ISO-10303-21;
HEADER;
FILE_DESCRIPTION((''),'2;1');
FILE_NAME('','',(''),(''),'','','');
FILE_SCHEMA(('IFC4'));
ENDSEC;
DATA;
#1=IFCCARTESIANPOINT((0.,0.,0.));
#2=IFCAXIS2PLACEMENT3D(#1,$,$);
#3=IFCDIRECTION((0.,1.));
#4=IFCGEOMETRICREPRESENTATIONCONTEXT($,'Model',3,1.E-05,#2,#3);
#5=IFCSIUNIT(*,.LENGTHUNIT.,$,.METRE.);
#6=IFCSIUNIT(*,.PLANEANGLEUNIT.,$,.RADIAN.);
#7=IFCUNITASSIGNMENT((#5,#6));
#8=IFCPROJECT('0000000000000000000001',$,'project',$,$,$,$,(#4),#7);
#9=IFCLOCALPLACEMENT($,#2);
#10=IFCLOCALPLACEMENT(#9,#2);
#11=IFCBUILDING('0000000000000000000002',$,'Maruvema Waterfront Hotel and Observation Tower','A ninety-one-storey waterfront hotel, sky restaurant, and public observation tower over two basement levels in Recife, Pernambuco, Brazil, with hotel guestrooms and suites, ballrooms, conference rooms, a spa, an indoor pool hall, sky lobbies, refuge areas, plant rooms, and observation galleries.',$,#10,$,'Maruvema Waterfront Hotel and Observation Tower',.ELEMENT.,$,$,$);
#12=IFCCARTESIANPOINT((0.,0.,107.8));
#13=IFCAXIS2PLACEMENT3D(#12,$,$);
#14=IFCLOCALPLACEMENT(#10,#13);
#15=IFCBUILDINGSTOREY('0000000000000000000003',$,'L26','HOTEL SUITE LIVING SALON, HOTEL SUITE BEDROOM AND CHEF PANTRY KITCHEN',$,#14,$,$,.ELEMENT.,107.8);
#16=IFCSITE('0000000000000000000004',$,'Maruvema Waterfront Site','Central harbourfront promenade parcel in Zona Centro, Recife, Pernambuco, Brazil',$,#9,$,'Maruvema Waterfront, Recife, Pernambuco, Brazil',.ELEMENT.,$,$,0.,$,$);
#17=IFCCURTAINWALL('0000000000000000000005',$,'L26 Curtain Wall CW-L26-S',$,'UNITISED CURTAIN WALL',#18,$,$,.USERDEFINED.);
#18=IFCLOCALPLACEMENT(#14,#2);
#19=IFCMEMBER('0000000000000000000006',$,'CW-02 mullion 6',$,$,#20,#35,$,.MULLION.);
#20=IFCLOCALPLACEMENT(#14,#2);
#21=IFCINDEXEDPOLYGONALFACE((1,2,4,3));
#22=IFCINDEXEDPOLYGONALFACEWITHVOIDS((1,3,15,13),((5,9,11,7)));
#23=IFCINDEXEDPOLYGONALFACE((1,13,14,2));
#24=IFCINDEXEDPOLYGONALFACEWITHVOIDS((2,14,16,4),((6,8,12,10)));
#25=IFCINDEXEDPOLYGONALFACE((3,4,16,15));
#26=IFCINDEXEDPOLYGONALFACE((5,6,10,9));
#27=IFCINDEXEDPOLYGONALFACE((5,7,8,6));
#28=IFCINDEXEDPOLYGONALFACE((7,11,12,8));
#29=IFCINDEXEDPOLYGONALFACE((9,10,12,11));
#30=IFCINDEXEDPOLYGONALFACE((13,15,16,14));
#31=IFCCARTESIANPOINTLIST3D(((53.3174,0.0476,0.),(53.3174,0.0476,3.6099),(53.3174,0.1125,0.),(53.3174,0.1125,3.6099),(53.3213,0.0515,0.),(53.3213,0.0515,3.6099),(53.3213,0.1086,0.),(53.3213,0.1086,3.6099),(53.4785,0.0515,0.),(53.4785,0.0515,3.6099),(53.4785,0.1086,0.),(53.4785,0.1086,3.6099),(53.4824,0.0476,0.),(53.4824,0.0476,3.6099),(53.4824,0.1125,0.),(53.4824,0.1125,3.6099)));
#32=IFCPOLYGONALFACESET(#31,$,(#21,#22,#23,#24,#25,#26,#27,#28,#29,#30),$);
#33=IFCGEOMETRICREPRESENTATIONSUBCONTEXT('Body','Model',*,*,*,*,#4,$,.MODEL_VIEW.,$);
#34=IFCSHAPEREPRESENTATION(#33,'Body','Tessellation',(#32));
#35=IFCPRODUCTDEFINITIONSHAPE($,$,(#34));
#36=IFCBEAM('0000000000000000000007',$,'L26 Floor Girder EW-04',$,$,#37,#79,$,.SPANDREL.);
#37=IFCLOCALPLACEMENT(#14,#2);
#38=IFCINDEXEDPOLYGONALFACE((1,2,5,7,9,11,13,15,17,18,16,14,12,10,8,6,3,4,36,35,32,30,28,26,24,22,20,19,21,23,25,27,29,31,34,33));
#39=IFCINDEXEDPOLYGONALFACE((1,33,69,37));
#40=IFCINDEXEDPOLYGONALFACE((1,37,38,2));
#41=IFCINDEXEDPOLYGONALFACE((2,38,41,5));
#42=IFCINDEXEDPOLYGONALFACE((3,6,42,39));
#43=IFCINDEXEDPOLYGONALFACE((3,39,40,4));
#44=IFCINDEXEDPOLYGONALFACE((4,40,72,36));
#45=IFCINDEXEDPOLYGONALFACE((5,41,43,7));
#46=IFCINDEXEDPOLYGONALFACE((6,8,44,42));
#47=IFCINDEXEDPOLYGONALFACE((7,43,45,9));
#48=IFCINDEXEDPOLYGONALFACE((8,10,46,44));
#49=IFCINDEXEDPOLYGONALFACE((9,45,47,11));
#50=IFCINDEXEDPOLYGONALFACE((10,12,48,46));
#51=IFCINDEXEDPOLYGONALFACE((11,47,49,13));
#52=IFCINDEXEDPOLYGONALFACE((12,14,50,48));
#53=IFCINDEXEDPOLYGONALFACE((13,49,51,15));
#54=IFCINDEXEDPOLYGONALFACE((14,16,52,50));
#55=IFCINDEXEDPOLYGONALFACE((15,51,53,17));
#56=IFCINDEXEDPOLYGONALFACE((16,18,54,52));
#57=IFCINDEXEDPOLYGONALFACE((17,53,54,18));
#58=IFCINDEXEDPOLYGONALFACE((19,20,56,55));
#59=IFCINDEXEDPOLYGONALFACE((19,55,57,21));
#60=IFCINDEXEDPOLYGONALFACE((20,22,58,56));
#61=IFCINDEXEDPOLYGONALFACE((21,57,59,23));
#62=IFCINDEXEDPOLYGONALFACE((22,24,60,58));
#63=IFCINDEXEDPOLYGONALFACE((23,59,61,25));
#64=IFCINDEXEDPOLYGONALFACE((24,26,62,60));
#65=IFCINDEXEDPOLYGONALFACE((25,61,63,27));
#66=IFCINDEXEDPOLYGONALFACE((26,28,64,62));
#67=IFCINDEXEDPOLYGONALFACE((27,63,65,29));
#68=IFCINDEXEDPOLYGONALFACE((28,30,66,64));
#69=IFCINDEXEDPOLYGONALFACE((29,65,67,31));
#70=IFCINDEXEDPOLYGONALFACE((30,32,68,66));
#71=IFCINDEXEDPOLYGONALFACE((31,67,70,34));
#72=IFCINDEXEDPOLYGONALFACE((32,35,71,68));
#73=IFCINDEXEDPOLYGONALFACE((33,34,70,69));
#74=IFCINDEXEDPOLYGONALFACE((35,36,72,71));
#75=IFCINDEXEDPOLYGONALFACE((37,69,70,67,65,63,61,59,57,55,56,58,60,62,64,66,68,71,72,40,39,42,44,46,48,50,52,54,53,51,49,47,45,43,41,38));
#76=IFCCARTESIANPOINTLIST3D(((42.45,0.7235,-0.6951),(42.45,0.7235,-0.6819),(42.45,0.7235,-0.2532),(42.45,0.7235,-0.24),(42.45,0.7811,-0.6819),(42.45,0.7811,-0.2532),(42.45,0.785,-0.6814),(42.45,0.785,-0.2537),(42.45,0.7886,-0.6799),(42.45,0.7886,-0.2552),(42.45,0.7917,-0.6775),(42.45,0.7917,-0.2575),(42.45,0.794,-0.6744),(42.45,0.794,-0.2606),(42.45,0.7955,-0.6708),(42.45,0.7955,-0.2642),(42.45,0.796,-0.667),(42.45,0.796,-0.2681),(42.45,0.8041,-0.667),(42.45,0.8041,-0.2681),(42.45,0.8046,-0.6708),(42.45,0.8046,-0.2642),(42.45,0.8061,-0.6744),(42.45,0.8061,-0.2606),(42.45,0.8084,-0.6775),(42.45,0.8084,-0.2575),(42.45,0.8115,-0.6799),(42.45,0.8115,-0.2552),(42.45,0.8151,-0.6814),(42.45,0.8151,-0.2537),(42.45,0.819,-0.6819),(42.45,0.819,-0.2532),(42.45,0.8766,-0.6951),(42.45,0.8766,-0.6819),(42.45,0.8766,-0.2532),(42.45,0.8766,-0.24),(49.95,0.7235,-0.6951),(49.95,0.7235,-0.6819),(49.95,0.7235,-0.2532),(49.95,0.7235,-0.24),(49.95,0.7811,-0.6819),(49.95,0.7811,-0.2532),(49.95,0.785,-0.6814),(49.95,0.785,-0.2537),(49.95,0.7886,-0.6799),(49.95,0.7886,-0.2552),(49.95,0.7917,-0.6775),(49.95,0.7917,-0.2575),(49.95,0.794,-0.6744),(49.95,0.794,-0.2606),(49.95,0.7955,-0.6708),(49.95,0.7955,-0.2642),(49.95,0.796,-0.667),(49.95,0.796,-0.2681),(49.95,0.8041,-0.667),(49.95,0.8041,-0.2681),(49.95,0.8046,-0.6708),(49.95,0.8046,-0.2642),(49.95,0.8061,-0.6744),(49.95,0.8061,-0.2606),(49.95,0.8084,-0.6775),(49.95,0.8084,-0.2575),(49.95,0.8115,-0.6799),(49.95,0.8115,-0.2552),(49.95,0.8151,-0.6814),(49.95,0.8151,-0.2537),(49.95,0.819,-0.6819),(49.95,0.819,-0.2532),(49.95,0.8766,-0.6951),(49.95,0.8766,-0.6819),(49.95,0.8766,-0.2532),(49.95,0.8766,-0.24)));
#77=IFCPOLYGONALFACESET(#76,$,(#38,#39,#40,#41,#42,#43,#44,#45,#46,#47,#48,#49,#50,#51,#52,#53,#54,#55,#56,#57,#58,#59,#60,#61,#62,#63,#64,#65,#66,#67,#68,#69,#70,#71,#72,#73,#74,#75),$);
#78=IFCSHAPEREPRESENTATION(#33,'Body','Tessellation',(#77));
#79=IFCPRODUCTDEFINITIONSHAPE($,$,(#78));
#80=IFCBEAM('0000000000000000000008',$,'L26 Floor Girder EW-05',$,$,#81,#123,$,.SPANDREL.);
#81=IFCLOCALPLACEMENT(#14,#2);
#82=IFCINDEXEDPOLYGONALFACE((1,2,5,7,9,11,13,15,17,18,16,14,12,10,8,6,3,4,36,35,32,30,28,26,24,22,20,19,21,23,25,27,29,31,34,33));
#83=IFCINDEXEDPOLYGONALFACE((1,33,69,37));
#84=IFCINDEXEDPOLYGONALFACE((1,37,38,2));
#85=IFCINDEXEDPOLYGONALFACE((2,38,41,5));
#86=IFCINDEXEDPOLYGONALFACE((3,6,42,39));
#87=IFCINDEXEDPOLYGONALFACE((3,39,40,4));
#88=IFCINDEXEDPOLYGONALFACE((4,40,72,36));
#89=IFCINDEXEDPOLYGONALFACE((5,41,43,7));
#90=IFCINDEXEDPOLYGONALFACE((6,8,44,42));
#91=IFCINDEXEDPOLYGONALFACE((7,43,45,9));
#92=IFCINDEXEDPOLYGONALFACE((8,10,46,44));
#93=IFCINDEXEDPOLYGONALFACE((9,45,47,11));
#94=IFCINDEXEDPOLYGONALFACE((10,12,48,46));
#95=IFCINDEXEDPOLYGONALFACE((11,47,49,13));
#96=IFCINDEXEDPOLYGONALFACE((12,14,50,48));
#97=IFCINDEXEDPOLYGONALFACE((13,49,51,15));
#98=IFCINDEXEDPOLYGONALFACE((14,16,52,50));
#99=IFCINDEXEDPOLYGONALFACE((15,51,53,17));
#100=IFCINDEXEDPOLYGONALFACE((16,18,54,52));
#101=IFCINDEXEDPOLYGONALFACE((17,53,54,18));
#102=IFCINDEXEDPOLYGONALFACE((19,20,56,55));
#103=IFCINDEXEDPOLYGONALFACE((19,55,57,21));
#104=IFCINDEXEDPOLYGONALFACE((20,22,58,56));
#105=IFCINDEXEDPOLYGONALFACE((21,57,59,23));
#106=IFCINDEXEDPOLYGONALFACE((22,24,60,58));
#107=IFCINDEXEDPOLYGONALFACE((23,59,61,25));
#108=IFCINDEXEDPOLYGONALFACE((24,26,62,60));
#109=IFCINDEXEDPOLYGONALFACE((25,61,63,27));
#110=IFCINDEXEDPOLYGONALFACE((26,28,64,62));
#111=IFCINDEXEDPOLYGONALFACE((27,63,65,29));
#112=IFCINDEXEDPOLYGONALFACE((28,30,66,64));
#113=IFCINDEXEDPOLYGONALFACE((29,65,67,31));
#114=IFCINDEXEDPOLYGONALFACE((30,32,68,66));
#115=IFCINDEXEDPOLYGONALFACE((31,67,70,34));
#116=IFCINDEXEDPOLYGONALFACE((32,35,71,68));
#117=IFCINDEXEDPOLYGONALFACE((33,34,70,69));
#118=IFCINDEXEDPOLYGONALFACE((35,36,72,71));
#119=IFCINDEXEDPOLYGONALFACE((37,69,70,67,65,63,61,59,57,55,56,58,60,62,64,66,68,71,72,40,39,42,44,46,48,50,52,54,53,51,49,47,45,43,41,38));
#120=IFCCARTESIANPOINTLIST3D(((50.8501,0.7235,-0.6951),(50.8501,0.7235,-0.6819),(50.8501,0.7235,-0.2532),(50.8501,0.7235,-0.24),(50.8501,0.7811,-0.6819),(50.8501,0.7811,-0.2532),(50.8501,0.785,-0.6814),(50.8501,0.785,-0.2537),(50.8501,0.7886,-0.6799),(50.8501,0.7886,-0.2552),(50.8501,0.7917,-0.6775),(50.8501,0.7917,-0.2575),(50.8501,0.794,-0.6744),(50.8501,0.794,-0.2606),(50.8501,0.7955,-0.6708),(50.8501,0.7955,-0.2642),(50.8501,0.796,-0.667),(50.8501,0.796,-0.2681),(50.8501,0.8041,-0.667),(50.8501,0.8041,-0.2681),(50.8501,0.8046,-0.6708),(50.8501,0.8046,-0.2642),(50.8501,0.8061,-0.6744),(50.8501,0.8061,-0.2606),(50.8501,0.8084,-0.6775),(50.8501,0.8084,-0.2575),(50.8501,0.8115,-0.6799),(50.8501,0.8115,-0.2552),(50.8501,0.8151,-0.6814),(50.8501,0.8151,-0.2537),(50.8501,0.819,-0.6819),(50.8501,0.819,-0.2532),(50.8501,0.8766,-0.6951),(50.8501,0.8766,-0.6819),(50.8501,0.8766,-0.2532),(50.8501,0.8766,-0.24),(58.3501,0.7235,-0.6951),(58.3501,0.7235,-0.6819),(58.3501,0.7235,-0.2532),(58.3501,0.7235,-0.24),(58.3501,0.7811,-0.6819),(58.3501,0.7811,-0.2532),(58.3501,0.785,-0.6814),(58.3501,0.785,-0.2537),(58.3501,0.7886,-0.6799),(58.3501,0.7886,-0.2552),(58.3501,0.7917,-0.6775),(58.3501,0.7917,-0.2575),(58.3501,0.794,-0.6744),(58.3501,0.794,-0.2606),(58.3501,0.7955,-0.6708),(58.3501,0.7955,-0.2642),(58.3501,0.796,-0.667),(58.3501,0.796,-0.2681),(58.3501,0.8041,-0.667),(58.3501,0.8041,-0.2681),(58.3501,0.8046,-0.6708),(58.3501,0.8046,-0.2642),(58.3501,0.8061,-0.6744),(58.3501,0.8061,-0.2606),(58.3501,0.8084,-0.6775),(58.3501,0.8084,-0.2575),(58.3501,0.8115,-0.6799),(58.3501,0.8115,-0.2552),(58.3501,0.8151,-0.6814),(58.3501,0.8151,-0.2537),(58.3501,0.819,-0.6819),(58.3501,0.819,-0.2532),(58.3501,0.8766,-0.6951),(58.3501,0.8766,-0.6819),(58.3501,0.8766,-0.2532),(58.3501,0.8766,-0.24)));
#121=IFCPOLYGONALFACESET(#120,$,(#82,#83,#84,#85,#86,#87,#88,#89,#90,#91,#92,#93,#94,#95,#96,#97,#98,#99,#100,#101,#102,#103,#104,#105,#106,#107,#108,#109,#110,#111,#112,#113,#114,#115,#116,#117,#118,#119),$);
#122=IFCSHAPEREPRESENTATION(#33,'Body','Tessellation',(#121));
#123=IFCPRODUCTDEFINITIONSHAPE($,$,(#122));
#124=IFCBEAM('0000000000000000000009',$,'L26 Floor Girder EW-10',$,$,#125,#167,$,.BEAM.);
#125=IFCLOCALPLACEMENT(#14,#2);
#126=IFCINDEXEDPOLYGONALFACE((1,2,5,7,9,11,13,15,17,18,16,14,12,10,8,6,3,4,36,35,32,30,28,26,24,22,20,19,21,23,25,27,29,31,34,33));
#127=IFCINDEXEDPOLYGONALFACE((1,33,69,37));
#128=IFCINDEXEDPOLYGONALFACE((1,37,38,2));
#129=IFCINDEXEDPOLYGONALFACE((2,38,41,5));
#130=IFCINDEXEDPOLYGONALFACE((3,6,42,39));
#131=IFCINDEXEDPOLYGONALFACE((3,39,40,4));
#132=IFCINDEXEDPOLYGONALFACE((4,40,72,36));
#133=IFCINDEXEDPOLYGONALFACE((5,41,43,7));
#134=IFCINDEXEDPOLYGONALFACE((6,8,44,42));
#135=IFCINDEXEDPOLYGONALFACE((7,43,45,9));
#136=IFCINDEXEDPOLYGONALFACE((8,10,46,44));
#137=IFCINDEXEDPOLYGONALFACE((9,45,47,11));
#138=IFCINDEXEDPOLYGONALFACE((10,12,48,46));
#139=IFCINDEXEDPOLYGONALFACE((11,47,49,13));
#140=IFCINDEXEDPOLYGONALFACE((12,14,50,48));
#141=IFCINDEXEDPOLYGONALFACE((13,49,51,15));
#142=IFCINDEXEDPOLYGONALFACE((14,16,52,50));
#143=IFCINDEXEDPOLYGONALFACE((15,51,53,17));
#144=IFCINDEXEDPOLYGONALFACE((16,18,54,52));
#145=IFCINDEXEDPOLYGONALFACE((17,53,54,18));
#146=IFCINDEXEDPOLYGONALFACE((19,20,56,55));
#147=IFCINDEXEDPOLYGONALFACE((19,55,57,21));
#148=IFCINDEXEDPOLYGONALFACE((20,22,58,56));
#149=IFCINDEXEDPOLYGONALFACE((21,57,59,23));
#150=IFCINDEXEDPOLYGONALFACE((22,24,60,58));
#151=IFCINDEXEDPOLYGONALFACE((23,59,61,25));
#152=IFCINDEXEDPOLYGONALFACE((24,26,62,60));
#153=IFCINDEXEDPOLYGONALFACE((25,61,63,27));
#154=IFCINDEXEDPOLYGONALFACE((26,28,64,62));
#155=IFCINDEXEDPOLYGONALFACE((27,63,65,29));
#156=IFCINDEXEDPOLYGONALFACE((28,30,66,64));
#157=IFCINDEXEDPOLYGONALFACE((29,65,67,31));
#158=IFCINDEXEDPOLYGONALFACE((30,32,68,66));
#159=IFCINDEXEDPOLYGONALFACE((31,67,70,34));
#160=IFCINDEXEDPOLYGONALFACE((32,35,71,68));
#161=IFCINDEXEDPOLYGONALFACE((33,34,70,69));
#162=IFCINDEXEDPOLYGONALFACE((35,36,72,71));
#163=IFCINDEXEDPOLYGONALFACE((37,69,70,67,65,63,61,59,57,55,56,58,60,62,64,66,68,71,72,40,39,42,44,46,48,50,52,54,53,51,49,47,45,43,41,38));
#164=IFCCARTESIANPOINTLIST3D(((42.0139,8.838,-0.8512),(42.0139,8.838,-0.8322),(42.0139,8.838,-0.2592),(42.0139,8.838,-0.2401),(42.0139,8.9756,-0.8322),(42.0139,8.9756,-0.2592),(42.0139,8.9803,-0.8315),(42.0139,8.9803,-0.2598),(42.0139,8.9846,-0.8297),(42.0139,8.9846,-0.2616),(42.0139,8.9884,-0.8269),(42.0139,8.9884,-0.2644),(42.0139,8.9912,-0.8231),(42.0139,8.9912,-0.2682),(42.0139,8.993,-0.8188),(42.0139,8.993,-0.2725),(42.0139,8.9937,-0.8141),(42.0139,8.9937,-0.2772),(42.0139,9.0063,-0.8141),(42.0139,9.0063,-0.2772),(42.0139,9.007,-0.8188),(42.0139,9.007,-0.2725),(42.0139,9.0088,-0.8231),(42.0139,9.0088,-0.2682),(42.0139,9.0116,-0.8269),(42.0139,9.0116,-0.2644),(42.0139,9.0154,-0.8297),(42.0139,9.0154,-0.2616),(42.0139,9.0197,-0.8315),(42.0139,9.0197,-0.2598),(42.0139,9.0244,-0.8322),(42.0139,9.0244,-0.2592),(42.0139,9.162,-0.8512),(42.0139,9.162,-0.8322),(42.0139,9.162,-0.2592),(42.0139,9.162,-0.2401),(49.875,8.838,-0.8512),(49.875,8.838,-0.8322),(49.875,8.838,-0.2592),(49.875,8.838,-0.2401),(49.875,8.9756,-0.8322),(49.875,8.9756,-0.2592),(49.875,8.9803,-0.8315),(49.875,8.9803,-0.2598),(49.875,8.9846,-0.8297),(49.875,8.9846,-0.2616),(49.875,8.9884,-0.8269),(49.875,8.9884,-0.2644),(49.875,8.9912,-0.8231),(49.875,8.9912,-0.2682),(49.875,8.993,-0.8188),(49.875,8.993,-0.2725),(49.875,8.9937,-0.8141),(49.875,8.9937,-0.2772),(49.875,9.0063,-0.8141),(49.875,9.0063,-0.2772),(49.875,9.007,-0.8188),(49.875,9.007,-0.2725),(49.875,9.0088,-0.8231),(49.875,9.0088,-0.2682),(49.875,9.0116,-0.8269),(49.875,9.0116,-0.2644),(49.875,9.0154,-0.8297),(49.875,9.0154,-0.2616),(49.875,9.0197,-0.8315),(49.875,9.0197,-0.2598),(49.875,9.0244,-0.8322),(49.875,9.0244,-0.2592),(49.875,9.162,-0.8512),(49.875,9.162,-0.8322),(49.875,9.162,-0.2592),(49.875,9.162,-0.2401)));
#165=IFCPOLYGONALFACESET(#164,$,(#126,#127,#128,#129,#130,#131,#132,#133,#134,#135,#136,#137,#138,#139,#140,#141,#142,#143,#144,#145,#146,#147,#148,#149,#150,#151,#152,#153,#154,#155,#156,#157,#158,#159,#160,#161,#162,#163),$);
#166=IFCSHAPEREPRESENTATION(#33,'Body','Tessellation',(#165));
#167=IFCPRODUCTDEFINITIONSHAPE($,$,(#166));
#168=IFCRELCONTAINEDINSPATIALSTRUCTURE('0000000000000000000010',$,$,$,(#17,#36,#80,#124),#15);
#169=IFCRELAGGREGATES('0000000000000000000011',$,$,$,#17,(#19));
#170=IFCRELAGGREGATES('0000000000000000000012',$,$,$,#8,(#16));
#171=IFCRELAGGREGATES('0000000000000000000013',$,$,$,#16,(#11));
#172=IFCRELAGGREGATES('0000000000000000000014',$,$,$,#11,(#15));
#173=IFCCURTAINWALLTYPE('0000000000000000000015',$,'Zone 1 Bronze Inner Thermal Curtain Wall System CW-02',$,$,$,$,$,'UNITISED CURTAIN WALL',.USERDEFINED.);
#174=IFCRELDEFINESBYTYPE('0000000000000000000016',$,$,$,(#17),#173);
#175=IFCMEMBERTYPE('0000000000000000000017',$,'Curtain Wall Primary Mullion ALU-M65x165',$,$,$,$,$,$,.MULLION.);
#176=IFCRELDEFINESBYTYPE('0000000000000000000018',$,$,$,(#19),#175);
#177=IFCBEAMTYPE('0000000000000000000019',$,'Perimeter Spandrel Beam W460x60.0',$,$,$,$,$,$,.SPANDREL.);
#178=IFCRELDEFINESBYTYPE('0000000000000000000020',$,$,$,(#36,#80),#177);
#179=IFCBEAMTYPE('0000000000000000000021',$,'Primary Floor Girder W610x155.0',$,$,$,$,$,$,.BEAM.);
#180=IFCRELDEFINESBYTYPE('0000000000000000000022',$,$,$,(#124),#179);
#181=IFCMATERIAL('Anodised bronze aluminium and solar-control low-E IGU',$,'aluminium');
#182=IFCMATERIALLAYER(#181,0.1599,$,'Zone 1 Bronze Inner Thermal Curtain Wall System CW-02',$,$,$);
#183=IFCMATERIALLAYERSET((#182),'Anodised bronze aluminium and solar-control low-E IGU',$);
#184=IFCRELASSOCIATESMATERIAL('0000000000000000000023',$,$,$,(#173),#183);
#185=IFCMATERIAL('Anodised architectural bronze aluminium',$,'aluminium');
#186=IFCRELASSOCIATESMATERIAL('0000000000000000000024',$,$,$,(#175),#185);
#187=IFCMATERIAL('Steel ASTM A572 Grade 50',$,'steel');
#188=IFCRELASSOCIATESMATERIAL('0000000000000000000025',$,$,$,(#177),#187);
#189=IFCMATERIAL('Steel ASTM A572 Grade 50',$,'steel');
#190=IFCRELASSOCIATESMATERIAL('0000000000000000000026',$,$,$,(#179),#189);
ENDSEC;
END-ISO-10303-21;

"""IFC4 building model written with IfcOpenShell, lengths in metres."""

from ifc_helpers import new_model, si_unit, direction, frame, origin, origin_2d, place, context, subcontext, project, spatial, hollow_rectangle, i_section, extrude, material, layer, layer_set, material_profile, profile_set, type_object, element, aggregate, save


model = new_model("IFC4")

# Units and contexts
model_context = context("Model", 3, precision=1e-05, world=origin(), true_north=direction((0.0, 1.0)))
body_context = subcontext(model_context, "Body", "Model", "MODEL_VIEW")
ifc_project = project(units=[si_unit("LENGTHUNIT", "METRE"), si_unit("PLANEANGLEUNIT", "RADIAN")], contexts=[model_context])

# Site, building, storey
site_placement = place(None, origin())
site = spatial("IfcSite", under=ifc_project, at=site_placement, Name="Maruvema Waterfront Site", Description="Central harbourfront promenade parcel in Zona Centro, Recife, Pernambuco, Brazil", LongName="Maruvema Waterfront, Recife, Pernambuco, Brazil", CompositionType="ELEMENT", RefElevation=0.0)
building_placement = place(site_placement, origin())
building = spatial("IfcBuilding", under=site, at=building_placement, Name="Maruvema Waterfront Hotel and Observation Tower", Description="A ninety-one-storey waterfront hotel, sky restaurant, and public observation tower over two basement levels in Recife, Pernambuco, Brazil, with hotel guestrooms and suites, ballrooms, conference rooms, a spa, an indoor pool hall, sky lobbies, refuge areas, plant rooms, and observation galleries.", LongName="Maruvema Waterfront Hotel and Observation Tower", CompositionType="ELEMENT")
storey_placement = place(building_placement, frame((0.0, 0.0, 107.8)))
storey = spatial("IfcBuildingStorey", under=building, at=storey_placement, Name="L26", Description="HOTEL SUITE LIVING SALON, HOTEL SUITE BEDROOM AND CHEF PANTRY KITCHEN", CompositionType="ELEMENT", Elevation=107.8)

# Curtain wall, member
ifc_material_1 = material(Name="Anodised bronze aluminium and solar-control low-E IGU", Category="aluminium")
ifc_layer_1 = layer(ifc_material_1, 0.1599, Name="Zone 1 Bronze Inner Thermal Curtain Wall System CW-02")
ifc_layer_set_1 = layer_set([ifc_layer_1], Name="Anodised bronze aluminium and solar-control low-E IGU")
curtain_wall_type = type_object("IfcCurtainWallType", Name="Zone 1 Bronze Inner Thermal Curtain Wall System CW-02", ElementType="UNITISED CURTAIN WALL", PredefinedType="USERDEFINED", material=ifc_layer_set_1)
curtain_wall_placement = place(storey_placement, origin())
curtain_wall = element("IfcCurtainWall", 1, at=curtain_wall_placement, inside=storey, type_object=curtain_wall_type, Name="L26 Curtain Wall CW-L26-S", ObjectType="UNITISED CURTAIN WALL", PredefinedType="USERDEFINED")
ifc_material_2 = material(Name="Anodised architectural bronze aluminium", Category="aluminium")
ifc_material_profile_1 = material_profile(ifc_material_2, hollow_rectangle(XDim=0.0649, YDim=0.165, WallThickness=0.0039, at=origin_2d()), Name="ALU-M65x165")
ifc_profile_set_1 = profile_set([ifc_material_profile_1], Name="Anodised architectural bronze aluminium")
member_type_1 = type_object("IfcMemberType", Name="Curtain Wall Primary Mullion ALU-M65x165", PredefinedType="MULLION", material=ifc_profile_set_1)
member_1_placement = place(storey_placement, frame((53.3999, 0.0801, 0.0), z_axis=(0.0, 0.0, 1.0), x_axis=(0.0, 1.0, 0.0)))
member_1 = element("IfcMember", 2, at=member_1_placement, type_object=member_type_1, Name="CW-02 mullion 6", PredefinedType="MULLION", context=body_context, shape_type="SweptSolid", body=[
    extrude(hollow_rectangle(XDim=0.0649, YDim=0.165, WallThickness=0.0039, at=origin_2d()), origin(), (0.0, 0.0, 1.0), 3.6099),
])

# Beams
ifc_material_3 = material(Name="Steel ASTM A572 Grade 50", Category="steel")
ifc_material_profile_2 = material_profile(ifc_material_3, i_section(OverallWidth=0.1531, OverallDepth=0.4551, WebThickness=0.0081, FlangeThickness=0.0132, FilletRadius=0.0149, at=origin_2d()), Name="W460x60.0")
ifc_profile_set_2 = profile_set([ifc_material_profile_2], Name="Steel ASTM A572 Grade 50")
beam_type_1 = type_object("IfcBeamType", Name="Perimeter Spandrel Beam W460x60.0", PredefinedType="SPANDREL", material=ifc_profile_set_2)
for number, where, z_axis, x_axis, name in (
    (3, (42.45, 0.8, -0.4675), (1.0, 0.0, 0.0), (0.0, 1.0, 0.0), "L26 Floor Girder EW-04"),
    (4, (50.8501, 0.8, -0.4675), (1.0, 0.0, 0.0), (0.0, 1.0, 0.0), "L26 Floor Girder EW-05"),
):
    element("IfcBeam", number, at=place(storey_placement, frame(where, z_axis=z_axis, x_axis=x_axis)), inside=storey, type_object=beam_type_1, Name=name, PredefinedType="SPANDREL", context=body_context, shape_type="SweptSolid", body=[
        extrude(i_section(OverallWidth=0.1531, OverallDepth=0.4551, WebThickness=0.0081, FlangeThickness=0.0132, FilletRadius=0.0149, at=origin_2d()), origin(), (0.0, 0.0, 1.0), 7.5),
    ])
ifc_material_4 = material(Name="Steel ASTM A572 Grade 50", Category="steel")
ifc_material_profile_3 = material_profile(ifc_material_4, i_section(OverallWidth=0.324, OverallDepth=0.6111, WebThickness=0.0127, FlangeThickness=0.019, FilletRadius=0.0181, at=origin_2d()), Name="W610x155.0")
ifc_profile_set_3 = profile_set([ifc_material_profile_3], Name="Steel ASTM A572 Grade 50")
beam_type_2 = type_object("IfcBeamType", Name="Primary Floor Girder W610x155.0", PredefinedType="BEAM", material=ifc_profile_set_3)
beam_1_placement = place(storey_placement, frame((42.0139, 9.0, -0.5457), z_axis=(1.0, 0.0, 0.0), x_axis=(0.0, 1.0, 0.0)))
element("IfcBeam", 5, at=beam_1_placement, inside=storey, type_object=beam_type_2, Name="L26 Floor Girder EW-10", PredefinedType="BEAM", context=body_context, shape_type="SweptSolid", body=[
    extrude(i_section(OverallWidth=0.324, OverallDepth=0.6111, WebThickness=0.0127, FlangeThickness=0.019, FilletRadius=0.0181, at=origin_2d()), origin(), (0.0, 0.0, 1.0), 7.8611),
])

aggregate(curtain_wall, [member_1])

save(model, "model.ifc")
